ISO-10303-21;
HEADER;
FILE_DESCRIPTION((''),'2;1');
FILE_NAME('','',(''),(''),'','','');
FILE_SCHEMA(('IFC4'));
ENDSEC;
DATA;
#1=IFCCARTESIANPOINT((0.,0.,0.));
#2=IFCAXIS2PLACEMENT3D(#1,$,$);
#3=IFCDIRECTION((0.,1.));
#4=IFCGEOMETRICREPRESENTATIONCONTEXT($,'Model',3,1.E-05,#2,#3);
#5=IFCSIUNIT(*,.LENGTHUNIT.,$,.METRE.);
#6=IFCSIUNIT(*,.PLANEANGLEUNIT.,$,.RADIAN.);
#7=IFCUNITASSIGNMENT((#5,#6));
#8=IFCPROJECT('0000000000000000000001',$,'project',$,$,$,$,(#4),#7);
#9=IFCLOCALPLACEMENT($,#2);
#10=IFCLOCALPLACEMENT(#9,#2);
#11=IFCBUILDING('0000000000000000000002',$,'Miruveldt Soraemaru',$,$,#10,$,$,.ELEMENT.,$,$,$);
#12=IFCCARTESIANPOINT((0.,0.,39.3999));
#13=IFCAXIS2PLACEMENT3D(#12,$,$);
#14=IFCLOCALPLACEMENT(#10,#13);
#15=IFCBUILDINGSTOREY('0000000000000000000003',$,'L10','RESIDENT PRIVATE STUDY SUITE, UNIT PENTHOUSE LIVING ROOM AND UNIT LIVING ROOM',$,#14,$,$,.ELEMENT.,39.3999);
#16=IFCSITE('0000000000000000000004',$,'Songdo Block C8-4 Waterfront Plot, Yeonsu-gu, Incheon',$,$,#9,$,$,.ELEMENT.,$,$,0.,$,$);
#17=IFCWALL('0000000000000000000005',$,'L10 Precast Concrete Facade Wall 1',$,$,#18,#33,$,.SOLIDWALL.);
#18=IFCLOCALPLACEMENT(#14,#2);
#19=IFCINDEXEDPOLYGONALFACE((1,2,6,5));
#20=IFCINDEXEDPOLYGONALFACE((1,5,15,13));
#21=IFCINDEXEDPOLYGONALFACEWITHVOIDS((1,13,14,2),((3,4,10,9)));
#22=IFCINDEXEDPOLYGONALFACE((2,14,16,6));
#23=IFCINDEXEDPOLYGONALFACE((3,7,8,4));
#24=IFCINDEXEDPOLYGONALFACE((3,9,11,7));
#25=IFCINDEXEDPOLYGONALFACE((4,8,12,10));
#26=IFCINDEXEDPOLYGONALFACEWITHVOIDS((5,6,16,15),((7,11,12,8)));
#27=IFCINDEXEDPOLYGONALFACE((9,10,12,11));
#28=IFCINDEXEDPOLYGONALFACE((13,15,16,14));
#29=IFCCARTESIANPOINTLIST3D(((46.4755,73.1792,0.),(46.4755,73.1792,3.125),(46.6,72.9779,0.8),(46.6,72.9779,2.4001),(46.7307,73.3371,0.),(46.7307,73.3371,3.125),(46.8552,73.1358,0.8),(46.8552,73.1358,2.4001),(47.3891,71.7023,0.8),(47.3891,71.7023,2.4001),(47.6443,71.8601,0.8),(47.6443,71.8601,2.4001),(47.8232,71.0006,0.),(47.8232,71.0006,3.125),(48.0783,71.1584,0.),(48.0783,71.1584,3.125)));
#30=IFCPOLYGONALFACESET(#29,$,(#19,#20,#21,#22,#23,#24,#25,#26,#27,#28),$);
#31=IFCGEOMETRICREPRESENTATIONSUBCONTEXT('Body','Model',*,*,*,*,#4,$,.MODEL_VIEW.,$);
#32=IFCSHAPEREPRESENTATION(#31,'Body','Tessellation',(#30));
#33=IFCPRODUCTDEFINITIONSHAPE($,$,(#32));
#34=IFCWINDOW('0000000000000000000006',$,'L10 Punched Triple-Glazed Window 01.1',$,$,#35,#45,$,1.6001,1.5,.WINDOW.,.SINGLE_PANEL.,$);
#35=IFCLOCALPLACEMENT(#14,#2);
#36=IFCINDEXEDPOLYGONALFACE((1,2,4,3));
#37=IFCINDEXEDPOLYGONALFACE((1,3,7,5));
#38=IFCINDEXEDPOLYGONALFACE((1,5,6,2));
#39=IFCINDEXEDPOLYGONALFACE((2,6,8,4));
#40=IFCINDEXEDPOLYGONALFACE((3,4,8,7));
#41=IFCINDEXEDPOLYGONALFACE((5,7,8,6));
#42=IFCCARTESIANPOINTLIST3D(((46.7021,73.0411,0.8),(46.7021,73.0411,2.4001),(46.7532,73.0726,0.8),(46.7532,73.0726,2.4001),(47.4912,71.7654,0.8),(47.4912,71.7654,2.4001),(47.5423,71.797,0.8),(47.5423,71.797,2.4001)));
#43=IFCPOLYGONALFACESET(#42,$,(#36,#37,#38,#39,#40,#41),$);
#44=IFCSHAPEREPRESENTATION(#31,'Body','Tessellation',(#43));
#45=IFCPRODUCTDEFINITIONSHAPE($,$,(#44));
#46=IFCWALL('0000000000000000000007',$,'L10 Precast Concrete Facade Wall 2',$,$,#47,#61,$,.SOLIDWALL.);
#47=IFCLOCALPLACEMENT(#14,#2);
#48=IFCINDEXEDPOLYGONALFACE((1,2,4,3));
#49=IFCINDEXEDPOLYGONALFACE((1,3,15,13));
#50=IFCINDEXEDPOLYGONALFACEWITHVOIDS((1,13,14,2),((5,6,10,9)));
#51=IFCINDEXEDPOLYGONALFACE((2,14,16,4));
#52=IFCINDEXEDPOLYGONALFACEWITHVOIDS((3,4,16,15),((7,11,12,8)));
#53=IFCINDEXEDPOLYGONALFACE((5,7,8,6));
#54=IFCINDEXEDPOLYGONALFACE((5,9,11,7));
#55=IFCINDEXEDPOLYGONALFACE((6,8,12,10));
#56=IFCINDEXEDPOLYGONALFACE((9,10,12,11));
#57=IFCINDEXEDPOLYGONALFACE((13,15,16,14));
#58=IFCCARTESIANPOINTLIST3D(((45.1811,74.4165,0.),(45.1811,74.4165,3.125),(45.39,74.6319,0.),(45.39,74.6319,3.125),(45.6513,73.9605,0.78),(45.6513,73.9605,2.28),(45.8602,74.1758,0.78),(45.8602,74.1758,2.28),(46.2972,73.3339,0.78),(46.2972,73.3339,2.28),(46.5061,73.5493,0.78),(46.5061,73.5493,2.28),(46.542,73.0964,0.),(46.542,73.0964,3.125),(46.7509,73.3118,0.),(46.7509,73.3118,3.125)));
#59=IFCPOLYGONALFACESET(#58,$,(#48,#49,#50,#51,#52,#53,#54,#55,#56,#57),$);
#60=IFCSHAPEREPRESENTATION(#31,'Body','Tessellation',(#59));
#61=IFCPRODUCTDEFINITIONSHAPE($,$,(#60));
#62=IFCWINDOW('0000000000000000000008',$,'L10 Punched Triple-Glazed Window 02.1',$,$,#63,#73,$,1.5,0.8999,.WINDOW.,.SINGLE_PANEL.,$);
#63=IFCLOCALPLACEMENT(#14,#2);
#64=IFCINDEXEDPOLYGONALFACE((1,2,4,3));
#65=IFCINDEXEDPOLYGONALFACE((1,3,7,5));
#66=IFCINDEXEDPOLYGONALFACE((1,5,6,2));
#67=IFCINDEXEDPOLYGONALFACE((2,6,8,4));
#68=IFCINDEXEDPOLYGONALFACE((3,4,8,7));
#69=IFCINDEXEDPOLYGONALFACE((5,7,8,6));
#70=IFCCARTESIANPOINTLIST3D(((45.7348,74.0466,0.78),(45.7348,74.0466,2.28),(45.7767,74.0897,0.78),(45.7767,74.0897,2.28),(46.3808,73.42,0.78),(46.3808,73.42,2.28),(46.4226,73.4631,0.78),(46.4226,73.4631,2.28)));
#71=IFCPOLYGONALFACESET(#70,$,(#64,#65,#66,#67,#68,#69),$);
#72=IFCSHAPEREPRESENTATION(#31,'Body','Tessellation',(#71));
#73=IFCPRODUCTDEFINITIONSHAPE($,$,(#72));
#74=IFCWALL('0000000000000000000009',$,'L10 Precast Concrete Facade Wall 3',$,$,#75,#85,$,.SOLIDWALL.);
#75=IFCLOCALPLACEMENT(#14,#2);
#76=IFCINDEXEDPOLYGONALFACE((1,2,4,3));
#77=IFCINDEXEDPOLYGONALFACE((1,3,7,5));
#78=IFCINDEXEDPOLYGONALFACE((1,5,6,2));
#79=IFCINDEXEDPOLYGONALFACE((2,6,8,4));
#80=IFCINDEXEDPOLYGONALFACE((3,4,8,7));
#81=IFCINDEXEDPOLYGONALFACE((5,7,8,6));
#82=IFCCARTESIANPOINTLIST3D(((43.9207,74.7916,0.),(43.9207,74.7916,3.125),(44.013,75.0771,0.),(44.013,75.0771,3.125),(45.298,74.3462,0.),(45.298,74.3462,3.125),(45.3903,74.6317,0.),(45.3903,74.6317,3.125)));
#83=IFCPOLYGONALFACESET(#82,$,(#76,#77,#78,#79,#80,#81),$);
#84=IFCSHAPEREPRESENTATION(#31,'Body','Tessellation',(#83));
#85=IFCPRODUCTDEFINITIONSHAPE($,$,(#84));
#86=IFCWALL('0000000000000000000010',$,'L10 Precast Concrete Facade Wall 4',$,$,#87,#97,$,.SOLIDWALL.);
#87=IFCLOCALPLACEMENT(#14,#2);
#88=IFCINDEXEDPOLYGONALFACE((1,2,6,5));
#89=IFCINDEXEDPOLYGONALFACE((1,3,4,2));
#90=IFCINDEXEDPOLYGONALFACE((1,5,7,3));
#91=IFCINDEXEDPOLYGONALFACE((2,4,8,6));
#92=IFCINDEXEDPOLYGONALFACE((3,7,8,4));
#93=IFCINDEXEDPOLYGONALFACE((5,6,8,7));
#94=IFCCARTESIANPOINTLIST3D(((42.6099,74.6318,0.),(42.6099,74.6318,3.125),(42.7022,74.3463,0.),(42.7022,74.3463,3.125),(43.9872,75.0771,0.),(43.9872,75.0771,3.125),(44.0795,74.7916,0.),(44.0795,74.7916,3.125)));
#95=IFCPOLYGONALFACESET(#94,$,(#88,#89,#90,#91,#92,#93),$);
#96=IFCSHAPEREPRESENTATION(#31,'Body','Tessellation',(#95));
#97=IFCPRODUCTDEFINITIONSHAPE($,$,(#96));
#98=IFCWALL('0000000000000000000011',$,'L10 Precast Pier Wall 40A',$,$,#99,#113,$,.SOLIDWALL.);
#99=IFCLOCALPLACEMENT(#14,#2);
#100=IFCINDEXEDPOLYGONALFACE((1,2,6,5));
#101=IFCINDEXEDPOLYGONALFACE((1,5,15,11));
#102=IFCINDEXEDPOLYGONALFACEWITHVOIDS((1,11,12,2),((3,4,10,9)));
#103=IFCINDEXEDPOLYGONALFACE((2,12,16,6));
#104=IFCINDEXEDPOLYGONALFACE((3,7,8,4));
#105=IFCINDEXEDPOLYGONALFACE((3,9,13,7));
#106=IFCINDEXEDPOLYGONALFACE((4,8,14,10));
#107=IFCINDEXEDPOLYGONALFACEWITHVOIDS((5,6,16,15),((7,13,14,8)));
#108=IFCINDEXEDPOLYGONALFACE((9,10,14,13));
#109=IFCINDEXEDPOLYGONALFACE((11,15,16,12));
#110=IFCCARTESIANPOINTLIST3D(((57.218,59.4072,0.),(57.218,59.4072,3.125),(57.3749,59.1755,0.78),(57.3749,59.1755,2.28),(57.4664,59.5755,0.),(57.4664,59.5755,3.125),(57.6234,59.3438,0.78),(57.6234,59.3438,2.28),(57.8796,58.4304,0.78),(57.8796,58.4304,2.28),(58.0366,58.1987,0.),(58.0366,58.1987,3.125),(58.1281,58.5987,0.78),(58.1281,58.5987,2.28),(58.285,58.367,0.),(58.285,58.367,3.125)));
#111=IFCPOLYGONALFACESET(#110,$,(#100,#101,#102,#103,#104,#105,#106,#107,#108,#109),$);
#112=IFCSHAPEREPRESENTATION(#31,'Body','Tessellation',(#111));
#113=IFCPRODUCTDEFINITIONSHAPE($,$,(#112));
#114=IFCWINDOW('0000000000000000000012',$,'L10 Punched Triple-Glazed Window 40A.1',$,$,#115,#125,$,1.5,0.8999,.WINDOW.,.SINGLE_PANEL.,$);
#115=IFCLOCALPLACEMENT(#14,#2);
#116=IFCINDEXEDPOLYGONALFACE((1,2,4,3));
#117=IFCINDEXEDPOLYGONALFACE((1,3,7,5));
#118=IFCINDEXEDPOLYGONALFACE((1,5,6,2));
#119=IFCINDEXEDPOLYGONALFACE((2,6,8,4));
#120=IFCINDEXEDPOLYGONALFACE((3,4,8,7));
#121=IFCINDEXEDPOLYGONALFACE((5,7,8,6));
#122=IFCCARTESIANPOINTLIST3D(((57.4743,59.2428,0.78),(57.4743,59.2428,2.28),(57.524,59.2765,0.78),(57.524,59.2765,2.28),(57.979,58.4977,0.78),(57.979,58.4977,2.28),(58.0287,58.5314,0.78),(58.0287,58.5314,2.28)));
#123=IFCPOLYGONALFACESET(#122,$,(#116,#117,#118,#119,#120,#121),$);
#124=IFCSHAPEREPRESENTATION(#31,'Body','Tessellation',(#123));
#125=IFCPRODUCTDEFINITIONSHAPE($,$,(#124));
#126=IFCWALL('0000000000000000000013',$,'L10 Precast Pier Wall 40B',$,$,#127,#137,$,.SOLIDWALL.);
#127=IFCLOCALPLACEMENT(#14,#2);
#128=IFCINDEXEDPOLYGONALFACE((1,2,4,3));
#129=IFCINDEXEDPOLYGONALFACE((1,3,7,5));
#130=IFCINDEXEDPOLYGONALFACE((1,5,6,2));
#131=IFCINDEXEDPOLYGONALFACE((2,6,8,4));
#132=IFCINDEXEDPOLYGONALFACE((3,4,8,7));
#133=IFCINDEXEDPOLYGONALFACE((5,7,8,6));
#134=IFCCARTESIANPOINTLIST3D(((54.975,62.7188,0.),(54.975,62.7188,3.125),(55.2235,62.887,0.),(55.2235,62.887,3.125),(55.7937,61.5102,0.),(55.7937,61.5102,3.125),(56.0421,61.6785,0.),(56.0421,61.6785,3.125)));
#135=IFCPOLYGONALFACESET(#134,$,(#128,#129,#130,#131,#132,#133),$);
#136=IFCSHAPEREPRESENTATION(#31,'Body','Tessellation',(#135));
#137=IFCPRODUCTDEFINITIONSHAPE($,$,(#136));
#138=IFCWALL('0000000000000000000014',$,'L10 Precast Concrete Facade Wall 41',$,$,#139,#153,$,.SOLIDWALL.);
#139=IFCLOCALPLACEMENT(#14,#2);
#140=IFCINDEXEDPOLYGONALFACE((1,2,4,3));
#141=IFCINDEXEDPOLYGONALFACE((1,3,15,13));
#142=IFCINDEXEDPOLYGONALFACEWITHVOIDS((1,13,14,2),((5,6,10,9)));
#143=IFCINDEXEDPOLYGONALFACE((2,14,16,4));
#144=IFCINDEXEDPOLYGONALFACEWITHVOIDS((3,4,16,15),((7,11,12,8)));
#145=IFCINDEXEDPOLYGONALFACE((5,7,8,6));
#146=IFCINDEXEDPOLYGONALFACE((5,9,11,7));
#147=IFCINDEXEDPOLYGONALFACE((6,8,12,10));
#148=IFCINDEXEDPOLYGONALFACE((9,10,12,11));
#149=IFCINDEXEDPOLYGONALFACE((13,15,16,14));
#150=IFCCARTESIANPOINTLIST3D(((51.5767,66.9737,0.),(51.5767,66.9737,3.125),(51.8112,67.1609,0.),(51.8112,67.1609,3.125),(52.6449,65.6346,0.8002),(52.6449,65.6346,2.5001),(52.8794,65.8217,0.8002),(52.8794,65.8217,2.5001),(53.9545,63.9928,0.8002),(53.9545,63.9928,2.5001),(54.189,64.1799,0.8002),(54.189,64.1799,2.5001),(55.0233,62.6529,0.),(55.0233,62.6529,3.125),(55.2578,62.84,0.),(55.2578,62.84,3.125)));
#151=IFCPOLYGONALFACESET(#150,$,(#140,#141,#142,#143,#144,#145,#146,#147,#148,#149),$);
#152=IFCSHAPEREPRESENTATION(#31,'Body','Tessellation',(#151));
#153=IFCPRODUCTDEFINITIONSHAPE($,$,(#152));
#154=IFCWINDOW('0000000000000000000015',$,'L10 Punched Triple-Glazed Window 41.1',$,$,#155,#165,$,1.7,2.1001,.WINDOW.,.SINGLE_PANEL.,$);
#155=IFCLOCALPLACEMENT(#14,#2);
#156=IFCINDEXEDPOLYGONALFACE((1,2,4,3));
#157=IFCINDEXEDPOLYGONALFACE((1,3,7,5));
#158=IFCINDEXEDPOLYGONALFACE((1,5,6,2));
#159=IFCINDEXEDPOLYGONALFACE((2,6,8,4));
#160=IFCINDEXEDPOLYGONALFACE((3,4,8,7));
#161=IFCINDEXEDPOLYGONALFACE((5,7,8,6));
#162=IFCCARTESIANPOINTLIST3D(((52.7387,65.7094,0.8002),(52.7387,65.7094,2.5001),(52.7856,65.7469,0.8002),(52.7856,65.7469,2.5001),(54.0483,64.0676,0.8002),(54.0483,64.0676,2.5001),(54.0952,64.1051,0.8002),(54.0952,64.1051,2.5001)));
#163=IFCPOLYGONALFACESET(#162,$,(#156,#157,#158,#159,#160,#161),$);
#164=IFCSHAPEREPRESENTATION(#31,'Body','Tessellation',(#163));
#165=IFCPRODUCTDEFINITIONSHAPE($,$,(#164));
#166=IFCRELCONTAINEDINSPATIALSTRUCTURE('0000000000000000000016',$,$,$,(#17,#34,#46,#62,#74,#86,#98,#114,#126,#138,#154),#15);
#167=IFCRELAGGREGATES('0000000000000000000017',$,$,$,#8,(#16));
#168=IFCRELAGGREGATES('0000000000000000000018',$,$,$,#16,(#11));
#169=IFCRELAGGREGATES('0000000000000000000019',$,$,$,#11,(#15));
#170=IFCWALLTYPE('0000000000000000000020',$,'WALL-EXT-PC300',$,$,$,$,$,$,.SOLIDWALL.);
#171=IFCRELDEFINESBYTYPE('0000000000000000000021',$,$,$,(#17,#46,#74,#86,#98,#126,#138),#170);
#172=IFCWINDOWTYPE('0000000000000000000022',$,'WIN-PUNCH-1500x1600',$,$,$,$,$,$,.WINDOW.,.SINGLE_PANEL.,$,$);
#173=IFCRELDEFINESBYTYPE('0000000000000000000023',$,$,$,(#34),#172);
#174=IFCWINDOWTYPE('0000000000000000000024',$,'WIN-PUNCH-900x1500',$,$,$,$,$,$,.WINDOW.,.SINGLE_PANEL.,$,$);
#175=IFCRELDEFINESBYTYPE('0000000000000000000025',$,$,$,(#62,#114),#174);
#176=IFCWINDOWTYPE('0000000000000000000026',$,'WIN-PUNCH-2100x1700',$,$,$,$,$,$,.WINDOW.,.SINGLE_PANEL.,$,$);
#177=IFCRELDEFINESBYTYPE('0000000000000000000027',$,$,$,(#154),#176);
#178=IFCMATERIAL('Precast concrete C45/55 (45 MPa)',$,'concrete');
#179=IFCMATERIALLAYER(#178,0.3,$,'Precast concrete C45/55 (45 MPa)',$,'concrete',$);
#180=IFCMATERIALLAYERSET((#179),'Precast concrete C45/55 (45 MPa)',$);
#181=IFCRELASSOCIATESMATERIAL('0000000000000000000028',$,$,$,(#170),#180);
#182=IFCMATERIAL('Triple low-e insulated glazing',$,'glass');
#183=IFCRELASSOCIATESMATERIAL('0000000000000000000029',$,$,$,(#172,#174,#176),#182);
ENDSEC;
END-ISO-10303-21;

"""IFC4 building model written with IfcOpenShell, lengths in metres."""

from ifc_helpers import new_model, si_unit, direction, frame, frame_2d, origin, place, context, subcontext, project, spatial, rectangle, extrude, material, layer, layer_set, type_object, element, fill, save


model = new_model("IFC4")

# Units and contexts
model_context = context("Model", 3, precision=1e-05, world=origin(), true_north=direction((0.0, 1.0)))
body_context = subcontext(model_context, "Body", "Model", "MODEL_VIEW")
ifc_project = project(units=[si_unit("LENGTHUNIT", "METRE"), si_unit("PLANEANGLEUNIT", "RADIAN")], contexts=[model_context])

# Site, building, storey
site_placement = place(None, origin())
site = spatial("IfcSite", under=ifc_project, at=site_placement, Name="Songdo Block C8-4 Waterfront Plot, Yeonsu-gu, Incheon", CompositionType="ELEMENT", RefElevation=0.0)
building_placement = place(site_placement, origin())
building = spatial("IfcBuilding", under=site, at=building_placement, Name="Miruveldt Soraemaru", CompositionType="ELEMENT")
storey_placement = place(building_placement, frame((0.0, 0.0, 39.3999)))
storey = spatial("IfcBuildingStorey", under=building, at=storey_placement, Name="L10", Description="RESIDENT PRIVATE STUDY SUITE, UNIT PENTHOUSE LIVING ROOM AND UNIT LIVING ROOM", CompositionType="ELEMENT", Elevation=39.3999)

# Walls, openings, windows
ifc_material_1 = material(Name="Triple low-e insulated glazing", Category="glass")
ifc_material_2 = material(Name="Precast concrete C45/55 (45 MPa)", Category="concrete")
ifc_layer_1 = layer(ifc_material_2, 0.3, Name="Precast concrete C45/55 (45 MPa)", Category="concrete")
ifc_layer_set_1 = layer_set([ifc_layer_1], Name="Precast concrete C45/55 (45 MPa)")
wall_type_1 = type_object("IfcWallType", Name="WALL-EXT-PC300", PredefinedType="SOLIDWALL", material=ifc_layer_set_1)
wall_1_placement = place(storey_placement, frame((47.9507, 71.0796, 0.0), z_axis=(0.0, 0.0, 1.0), x_axis=(-0.526053, 0.850452, 0.0)))
wall_1 = element("IfcWall", 1, at=wall_1_placement, inside=storey, type_object=wall_type_1, Name="L10 Precast Concrete Facade Wall 1", PredefinedType="SOLIDWALL", context=body_context, shape_type="SweptSolid", body=[
    extrude(rectangle(XDim=2.5618, YDim=0.3, at=frame_2d((1.2808, 0.0))), origin(), (0.0, 0.0, 1.0), 3.125),
])
opening_1_placement = place(wall_1_placement, frame((0.825, 0.0, 0.8)))
opening_1 = element("IfcOpeningElement", 2, at=opening_1_placement, cuts=wall_1, PredefinedType="OPENING", context=body_context, shape_type="SweptSolid", body=[
    extrude(rectangle(XDim=1.5, YDim=1.6001, at=frame_2d((0.75, 0.8))), frame((0.0, 0.1602, 0.0), z_axis=(0.0, -1.0, 0.0), x_axis=(1.0, 0.0, 0.0)), (0.0, 0.0, 1.0), 0.3201),
])
window_type_1 = type_object("IfcWindowType", Name="WIN-PUNCH-1500x1600", PartitioningType="SINGLE_PANEL", PredefinedType="WINDOW", material=ifc_material_1)
window_1_placement = place(opening_1_placement, origin())
window_1 = element("IfcWindow", 3, at=window_1_placement, inside=storey, type_object=window_type_1, Name="L10 Punched Triple-Glazed Window 01.1", OverallHeight=1.6001, OverallWidth=1.5, PartitioningType="SINGLE_PANEL", PredefinedType="WINDOW", context=body_context, shape_type="SweptSolid", body=[
    extrude(rectangle(XDim=1.5, YDim=1.6001, at=frame_2d((0.75, 0.8))), frame((0.0, 0.03, 0.0), z_axis=(0.0, -1.0, 0.0), x_axis=(1.0, 0.0, 0.0)), (0.0, 0.0, 1.0), 0.0601),
])
fill(opening_1, window_1)
wall_2_placement = place(storey_placement, frame((46.6465, 73.2041, 0.0), z_axis=(0.0, 0.0, 1.0), x_axis=(-0.717778, 0.696273, 0.0)))
wall_2 = element("IfcWall", 4, at=wall_2_placement, inside=storey, type_object=wall_type_1, Name="L10 Precast Concrete Facade Wall 2", PredefinedType="SOLIDWALL", context=body_context, shape_type="SweptSolid", body=[
    extrude(rectangle(XDim=1.896, YDim=0.3, at=frame_2d((0.948, 0.0))), origin(), (0.0, 0.0, 1.0), 3.125),
])
opening_2_placement = place(wall_2_placement, frame((0.3411, 0.0, 0.78)))
opening_2 = element("IfcOpeningElement", 5, at=opening_2_placement, cuts=wall_2, PredefinedType="OPENING", context=body_context, shape_type="SweptSolid", body=[
    extrude(rectangle(XDim=0.8999, YDim=1.5, at=frame_2d((0.45, 0.75))), frame((0.0, 0.1602, 0.0), z_axis=(0.0, -1.0, 0.0), x_axis=(1.0, 0.0, 0.0)), (0.0, 0.0, 1.0), 0.3201),
])
window_type_2 = type_object("IfcWindowType", Name="WIN-PUNCH-900x1500", PartitioningType="SINGLE_PANEL", PredefinedType="WINDOW", material=ifc_material_1)
window_2_placement = place(opening_2_placement, origin())
window_2 = element("IfcWindow", 6, at=window_2_placement, inside=storey, type_object=window_type_2, Name="L10 Punched Triple-Glazed Window 02.1", OverallHeight=1.5, OverallWidth=0.8999, PartitioningType="SINGLE_PANEL", PredefinedType="WINDOW", context=body_context, shape_type="SweptSolid", body=[
    extrude(rectangle(XDim=0.8999, YDim=1.5, at=frame_2d((0.45, 0.75))), frame((0.0, 0.03, 0.0), z_axis=(0.0, -1.0, 0.0), x_axis=(1.0, 0.0, 0.0)), (0.0, 0.0, 1.0), 0.0601),
])
fill(opening_2, window_2)

# Walls
for number, where, z_axis, x_axis, name in (
    (7, (45.344, 74.489, 0.0), (0.0, 0.0, 1.0), (-0.951495, 0.307663, 0.0), "L10 Precast Concrete Facade Wall 3"),
    (8, (44.0332, 74.9343, 0.0), (0.0, 0.0, 1.0), (-0.951495, -0.307663, 0.0), "L10 Precast Concrete Facade Wall 4"),
):
    element("IfcWall", number, at=place(storey_placement, frame(where, z_axis=z_axis, x_axis=x_axis)), inside=storey, type_object=wall_type_1, Name=name, PredefinedType="SOLIDWALL", context=body_context, shape_type="SweptSolid", body=[
        extrude(rectangle(XDim=1.4475, YDim=0.3, at=frame_2d((0.7236, 0.0))), origin(), (0.0, 0.0, 1.0), 3.125),
    ])

# Wall, opening, window
wall_3_placement = place(storey_placement, frame((58.1609, 58.2827, 0.0), z_axis=(0.0, 0.0, 1.0), x_axis=(-0.560822, 0.827936, 0.0)))
wall_3 = element("IfcWall", 9, at=wall_3_placement, inside=storey, type_object=wall_type_1, Name="L10 Precast Pier Wall 40A", PredefinedType="SOLIDWALL", context=body_context, shape_type="SweptSolid", body=[
    extrude(rectangle(XDim=1.4597, YDim=0.3, at=frame_2d((0.73, 0.0))), origin(), (0.0, 0.0, 1.0), 3.125),
])
opening_3_placement = place(wall_3_placement, frame((0.28, 0.0, 0.78)))
opening_3 = element("IfcOpeningElement", 10, at=opening_3_placement, cuts=wall_3, PredefinedType="OPENING", context=body_context, shape_type="SweptSolid", body=[
    extrude(rectangle(XDim=0.8999, YDim=1.5, at=frame_2d((0.45, 0.75))), frame((0.0, 0.1602, 0.0), z_axis=(0.0, -1.0, 0.0), x_axis=(1.0, 0.0, 0.0)), (0.0, 0.0, 1.0), 0.3201),
])
window_3_placement = place(opening_3_placement, origin())
window_3 = element("IfcWindow", 11, at=window_3_placement, inside=storey, type_object=window_type_2, Name="L10 Punched Triple-Glazed Window 40A.1", OverallHeight=1.5, OverallWidth=0.8999, PartitioningType="SINGLE_PANEL", PredefinedType="WINDOW", context=body_context, shape_type="SweptSolid", body=[
    extrude(rectangle(XDim=0.8999, YDim=1.5, at=frame_2d((0.45, 0.75))), frame((0.0, 0.03, 0.0), z_axis=(0.0, -1.0, 0.0), x_axis=(1.0, 0.0, 0.0)), (0.0, 0.0, 1.0), 0.0601),
])
fill(opening_3, window_3)

# Wall
wall_4_placement = place(storey_placement, frame((55.918, 61.5942, 0.0), z_axis=(0.0, 0.0, 1.0), x_axis=(-0.560822, 0.827936, 0.0)))
element("IfcWall", 12, at=wall_4_placement, inside=storey, type_object=wall_type_1, Name="L10 Precast Pier Wall 40B", PredefinedType="SOLIDWALL", context=body_context, shape_type="SweptSolid", body=[
    extrude(rectangle(XDim=1.4597, YDim=0.3, at=frame_2d((0.73, 0.0))), origin(), (0.0, 0.0, 1.0), 3.125),
])

# Wall, opening, window
wall_5_placement = place(storey_placement, frame((55.1406, 62.7463, 0.0), z_axis=(0.0, 0.0, 1.0), x_axis=(-0.623579, 0.78176, 0.0)))
wall_5 = element("IfcWall", 13, at=wall_5_placement, inside=storey, type_object=wall_type_1, Name="L10 Precast Concrete Facade Wall 41", PredefinedType="SOLIDWALL", context=body_context, shape_type="SweptSolid", body=[
    extrude(rectangle(XDim=5.5271, YDim=0.3, at=frame_2d((2.7637, 0.0))), origin(), (0.0, 0.0, 1.0), 3.125),
])
opening_4_placement = place(wall_5_placement, frame((1.7141, 0.0, 0.8)))
opening_4 = element("IfcOpeningElement", 14, at=opening_4_placement, cuts=wall_5, PredefinedType="OPENING", context=body_context, shape_type="SweptSolid", body=[
    extrude(rectangle(XDim=2.1001, YDim=1.7, at=frame_2d((1.05, 0.8501))), frame((0.0, 0.1602, 0.0), z_axis=(0.0, -1.0, 0.0), x_axis=(1.0, 0.0, 0.0)), (0.0, 0.0, 1.0), 0.3201),
])
window_type_3 = type_object("IfcWindowType", Name="WIN-PUNCH-2100x1700", PartitioningType="SINGLE_PANEL", PredefinedType="WINDOW", material=ifc_material_1)
window_4_placement = place(opening_4_placement, origin())
window_4 = element("IfcWindow", 15, at=window_4_placement, inside=storey, type_object=window_type_3, Name="L10 Punched Triple-Glazed Window 41.1", OverallHeight=1.7, OverallWidth=2.1001, PartitioningType="SINGLE_PANEL", PredefinedType="WINDOW", context=body_context, shape_type="SweptSolid", body=[
    extrude(rectangle(XDim=2.1001, YDim=1.7, at=frame_2d((1.05, 0.8501))), frame((0.0, 0.03, 0.0), z_axis=(0.0, -1.0, 0.0), x_axis=(1.0, 0.0, 0.0)), (0.0, 0.0, 1.0), 0.0601),
])
fill(opening_4, window_4)

save(model, "model.ifc")
